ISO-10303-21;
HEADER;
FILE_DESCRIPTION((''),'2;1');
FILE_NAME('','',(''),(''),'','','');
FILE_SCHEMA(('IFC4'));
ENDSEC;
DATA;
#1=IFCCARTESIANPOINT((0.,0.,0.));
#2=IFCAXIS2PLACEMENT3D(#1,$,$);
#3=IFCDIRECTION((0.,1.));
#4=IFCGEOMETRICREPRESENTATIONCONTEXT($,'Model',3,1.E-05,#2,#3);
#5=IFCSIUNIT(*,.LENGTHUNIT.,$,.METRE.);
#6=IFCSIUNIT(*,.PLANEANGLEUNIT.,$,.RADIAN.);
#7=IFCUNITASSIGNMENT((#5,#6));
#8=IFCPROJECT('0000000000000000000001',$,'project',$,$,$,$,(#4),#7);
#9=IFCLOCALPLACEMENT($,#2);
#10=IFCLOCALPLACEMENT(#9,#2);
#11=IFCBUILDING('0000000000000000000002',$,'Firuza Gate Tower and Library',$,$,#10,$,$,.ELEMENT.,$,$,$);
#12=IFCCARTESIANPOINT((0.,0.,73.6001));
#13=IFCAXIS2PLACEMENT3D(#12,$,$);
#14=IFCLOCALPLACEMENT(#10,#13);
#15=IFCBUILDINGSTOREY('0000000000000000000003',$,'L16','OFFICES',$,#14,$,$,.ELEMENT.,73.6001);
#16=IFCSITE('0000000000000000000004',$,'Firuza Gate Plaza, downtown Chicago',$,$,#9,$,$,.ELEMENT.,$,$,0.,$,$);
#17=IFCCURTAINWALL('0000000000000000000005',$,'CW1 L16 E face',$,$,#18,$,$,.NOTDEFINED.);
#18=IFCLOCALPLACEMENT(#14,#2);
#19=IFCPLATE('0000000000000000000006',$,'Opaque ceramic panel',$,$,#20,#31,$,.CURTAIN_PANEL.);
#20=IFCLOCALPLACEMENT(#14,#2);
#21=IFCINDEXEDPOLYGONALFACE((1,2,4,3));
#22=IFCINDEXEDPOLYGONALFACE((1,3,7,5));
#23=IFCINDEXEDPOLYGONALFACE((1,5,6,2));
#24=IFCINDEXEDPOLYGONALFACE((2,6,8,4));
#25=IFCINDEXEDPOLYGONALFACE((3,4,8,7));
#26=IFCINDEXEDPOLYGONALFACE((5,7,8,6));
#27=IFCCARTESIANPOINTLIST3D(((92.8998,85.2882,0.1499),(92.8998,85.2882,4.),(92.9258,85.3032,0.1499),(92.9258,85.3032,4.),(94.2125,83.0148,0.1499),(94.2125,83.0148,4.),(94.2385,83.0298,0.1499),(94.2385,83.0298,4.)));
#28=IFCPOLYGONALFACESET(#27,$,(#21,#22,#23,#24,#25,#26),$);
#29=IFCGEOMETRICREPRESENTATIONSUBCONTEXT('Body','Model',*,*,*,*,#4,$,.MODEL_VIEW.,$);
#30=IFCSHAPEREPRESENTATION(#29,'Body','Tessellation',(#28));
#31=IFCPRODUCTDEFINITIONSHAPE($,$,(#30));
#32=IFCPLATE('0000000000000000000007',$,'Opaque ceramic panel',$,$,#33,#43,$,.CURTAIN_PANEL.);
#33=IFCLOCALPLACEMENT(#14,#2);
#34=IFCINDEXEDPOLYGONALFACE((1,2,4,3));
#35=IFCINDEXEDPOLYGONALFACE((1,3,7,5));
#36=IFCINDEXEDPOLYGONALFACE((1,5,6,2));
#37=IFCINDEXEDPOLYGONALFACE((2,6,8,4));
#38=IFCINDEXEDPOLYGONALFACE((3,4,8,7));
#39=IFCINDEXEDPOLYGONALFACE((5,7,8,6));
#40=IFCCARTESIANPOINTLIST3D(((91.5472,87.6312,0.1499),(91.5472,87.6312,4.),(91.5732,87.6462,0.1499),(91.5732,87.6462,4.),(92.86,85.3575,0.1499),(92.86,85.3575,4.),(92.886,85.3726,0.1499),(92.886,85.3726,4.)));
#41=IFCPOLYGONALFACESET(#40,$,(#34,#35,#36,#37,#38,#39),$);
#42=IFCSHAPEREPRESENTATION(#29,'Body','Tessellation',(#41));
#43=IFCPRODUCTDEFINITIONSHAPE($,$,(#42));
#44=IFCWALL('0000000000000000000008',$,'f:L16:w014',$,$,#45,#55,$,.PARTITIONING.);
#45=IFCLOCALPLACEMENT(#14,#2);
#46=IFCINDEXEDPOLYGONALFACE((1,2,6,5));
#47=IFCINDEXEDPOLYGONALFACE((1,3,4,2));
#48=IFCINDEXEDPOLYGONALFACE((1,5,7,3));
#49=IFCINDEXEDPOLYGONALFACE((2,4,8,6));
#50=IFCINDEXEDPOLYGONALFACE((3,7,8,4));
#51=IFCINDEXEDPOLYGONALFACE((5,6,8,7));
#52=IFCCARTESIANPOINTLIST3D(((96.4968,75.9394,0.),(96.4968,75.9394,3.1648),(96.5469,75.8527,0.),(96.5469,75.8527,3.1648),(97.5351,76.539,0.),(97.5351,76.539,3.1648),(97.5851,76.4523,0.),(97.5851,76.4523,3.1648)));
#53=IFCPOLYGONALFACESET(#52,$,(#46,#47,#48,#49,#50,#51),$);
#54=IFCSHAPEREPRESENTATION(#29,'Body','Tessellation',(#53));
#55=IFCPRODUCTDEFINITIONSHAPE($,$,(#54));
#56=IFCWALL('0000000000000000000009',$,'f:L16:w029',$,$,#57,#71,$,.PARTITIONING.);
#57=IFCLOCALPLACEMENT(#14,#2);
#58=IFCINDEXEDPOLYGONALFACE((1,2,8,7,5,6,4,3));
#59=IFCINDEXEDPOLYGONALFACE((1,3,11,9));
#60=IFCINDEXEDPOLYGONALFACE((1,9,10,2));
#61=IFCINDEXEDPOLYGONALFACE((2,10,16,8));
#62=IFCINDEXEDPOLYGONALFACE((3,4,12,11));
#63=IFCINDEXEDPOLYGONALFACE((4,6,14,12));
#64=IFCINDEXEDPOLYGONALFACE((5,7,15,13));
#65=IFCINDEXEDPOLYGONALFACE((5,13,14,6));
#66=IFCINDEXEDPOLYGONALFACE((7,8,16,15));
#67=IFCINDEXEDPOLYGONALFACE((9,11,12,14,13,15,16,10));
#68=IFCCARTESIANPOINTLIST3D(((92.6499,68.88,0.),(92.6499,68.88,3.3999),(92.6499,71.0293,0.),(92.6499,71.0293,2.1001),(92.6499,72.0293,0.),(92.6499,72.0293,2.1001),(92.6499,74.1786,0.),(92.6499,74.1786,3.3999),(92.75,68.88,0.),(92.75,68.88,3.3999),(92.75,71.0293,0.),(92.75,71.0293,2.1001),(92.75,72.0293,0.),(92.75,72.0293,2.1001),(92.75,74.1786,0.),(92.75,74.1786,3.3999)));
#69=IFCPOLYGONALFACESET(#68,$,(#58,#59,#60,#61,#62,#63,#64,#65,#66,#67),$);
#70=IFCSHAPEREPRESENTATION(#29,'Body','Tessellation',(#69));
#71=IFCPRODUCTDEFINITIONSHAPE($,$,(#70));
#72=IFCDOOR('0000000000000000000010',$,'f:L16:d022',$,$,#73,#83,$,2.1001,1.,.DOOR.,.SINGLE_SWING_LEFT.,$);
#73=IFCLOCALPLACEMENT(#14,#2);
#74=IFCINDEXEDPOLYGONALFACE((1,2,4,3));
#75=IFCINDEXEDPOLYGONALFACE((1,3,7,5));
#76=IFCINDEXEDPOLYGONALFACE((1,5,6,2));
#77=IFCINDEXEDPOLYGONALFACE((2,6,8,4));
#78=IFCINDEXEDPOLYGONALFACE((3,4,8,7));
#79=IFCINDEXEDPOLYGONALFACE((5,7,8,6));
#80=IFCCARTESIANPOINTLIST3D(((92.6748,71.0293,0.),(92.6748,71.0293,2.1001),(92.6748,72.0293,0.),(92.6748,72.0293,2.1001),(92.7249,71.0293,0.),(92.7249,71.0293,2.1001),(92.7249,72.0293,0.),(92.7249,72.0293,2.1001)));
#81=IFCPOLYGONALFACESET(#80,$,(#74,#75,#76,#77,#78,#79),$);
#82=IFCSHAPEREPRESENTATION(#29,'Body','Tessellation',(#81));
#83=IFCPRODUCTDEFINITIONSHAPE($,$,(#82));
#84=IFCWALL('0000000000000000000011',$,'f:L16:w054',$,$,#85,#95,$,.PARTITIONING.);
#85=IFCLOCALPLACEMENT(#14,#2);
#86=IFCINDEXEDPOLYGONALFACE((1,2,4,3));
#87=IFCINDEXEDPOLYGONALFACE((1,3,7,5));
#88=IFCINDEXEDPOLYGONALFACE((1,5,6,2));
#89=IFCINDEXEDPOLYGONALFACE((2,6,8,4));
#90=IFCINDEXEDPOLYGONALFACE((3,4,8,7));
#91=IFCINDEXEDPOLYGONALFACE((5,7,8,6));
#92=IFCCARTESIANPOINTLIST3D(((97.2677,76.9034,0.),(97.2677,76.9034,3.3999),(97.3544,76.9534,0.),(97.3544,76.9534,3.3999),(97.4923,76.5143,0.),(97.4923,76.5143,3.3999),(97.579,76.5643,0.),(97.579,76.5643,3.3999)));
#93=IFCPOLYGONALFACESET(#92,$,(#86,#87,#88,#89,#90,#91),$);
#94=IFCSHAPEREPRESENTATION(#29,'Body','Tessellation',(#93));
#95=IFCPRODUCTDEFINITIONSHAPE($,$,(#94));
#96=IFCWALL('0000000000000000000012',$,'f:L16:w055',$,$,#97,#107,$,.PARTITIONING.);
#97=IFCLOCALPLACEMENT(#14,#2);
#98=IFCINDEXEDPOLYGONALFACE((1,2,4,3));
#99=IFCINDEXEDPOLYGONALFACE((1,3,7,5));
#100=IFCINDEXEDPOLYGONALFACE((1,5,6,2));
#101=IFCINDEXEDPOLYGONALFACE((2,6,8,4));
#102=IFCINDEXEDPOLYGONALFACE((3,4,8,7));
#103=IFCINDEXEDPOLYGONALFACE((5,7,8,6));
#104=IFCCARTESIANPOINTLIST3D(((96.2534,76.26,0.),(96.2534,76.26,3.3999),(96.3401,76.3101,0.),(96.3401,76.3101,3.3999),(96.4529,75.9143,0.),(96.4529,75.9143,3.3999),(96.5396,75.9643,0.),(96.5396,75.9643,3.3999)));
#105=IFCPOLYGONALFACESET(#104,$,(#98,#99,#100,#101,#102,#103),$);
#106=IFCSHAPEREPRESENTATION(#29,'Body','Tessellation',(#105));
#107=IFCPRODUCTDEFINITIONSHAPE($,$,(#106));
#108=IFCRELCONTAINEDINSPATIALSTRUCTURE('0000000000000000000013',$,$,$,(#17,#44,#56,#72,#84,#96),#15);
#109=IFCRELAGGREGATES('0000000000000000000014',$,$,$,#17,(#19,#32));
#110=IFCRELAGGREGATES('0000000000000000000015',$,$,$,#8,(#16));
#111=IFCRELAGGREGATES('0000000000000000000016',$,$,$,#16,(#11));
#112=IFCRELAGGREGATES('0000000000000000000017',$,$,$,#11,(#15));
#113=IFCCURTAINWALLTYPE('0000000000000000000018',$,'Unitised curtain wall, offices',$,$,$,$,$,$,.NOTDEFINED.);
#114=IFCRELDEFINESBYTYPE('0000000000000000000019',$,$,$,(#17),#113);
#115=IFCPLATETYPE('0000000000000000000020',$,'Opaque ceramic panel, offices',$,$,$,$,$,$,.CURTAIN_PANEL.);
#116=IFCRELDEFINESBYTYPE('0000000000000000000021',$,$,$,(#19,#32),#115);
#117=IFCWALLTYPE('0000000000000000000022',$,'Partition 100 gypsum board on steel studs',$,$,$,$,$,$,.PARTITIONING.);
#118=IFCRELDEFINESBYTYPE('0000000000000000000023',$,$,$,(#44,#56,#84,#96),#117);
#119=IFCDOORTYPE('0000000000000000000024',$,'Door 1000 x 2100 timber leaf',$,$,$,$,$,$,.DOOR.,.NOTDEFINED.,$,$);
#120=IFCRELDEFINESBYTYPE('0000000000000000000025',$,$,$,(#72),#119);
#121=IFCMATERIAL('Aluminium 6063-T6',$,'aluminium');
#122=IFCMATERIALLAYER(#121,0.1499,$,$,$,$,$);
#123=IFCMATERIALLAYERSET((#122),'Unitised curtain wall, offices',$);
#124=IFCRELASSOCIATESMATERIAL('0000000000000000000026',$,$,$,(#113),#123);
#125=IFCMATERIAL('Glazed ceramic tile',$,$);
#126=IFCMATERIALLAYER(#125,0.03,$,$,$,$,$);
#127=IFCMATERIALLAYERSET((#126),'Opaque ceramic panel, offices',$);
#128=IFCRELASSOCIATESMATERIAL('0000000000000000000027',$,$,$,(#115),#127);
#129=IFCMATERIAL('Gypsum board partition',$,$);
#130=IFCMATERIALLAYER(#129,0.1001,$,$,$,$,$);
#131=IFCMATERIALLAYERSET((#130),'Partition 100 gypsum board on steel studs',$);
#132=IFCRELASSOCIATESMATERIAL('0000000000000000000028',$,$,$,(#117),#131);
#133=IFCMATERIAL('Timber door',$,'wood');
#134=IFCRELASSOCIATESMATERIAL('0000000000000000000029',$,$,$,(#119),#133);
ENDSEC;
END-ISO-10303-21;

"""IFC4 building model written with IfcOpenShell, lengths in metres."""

from ifc_helpers import new_model, si_unit, direction, frame, frame_2d, origin, place, context, subcontext, project, spatial, polyline, rectangle, outline, extrude, material, layer, layer_set, type_object, element, fill, aggregate, save


model = new_model("IFC4")

# Units and contexts
model_context = context("Model", 3, precision=1e-05, world=origin(), true_north=direction((0.0, 1.0)))
body_context = subcontext(model_context, "Body", "Model", "MODEL_VIEW")
ifc_project = project(units=[si_unit("LENGTHUNIT", "METRE"), si_unit("PLANEANGLEUNIT", "RADIAN")], contexts=[model_context])

# Site, building, storey
site_placement = place(None, origin())
site = spatial("IfcSite", under=ifc_project, at=site_placement, Name="Firuza Gate Plaza, downtown Chicago", CompositionType="ELEMENT", RefElevation=0.0)
building_placement = place(site_placement, origin())
building = spatial("IfcBuilding", under=site, at=building_placement, Name="Firuza Gate Tower and Library", CompositionType="ELEMENT")
storey_placement = place(building_placement, frame((0.0, 0.0, 73.6001)))
storey = spatial("IfcBuildingStorey", under=building, at=storey_placement, Name="L16", Description="OFFICES", CompositionType="ELEMENT", Elevation=73.6001)

# Curtain wall
ifc_material_1 = material(Name="Aluminium 6063-T6", Category="aluminium")
ifc_layer_1 = layer(ifc_material_1, 0.1499)
ifc_layer_set_1 = layer_set([ifc_layer_1], Name="Unitised curtain wall, offices")
curtain_wall_type = type_object("IfcCurtainWallType", Name="Unitised curtain wall, offices", PredefinedType="NOTDEFINED", material=ifc_layer_set_1)
curtain_wall_placement = place(storey_placement, origin())
curtain_wall = element("IfcCurtainWall", 1, at=curtain_wall_placement, inside=storey, type_object=curtain_wall_type, Name="CW1 L16 E face", PredefinedType="NOTDEFINED")

# Plates
ifc_material_2 = material(Name="Glazed ceramic tile")
ifc_layer_2 = layer(ifc_material_2, 0.03)
ifc_layer_set_2 = layer_set([ifc_layer_2], Name="Opaque ceramic panel, offices")
plate_type_1 = type_object("IfcPlateType", Name="Opaque ceramic panel, offices", PredefinedType="CURTAIN_PANEL", material=ifc_layer_set_2)
plate_1_placement = place(storey_placement, frame((94.2385, 83.0298, 0.1499), z_axis=(0.865997, 0.50005, 0.0), x_axis=(-0.50005, 0.865997, 0.0)))
plate_1 = element("IfcPlate", 2, at=plate_1_placement, type_object=plate_type_1, Name="Opaque ceramic panel", PredefinedType="CURTAIN_PANEL", context=body_context, shape_type="SweptSolid", body=[
    extrude(outline(polyline([(0.0, 0.0), (2.6252, 0.0), (2.6252, 3.8501), (0.0, 3.8501), (0.0, 0.0)])), origin(), (0.0, 0.0, -1.0), 0.03),
])
plate_2_placement = place(storey_placement, frame((92.886, 85.3726, 0.1499), z_axis=(0.86602, 0.50001, 0.0), x_axis=(-0.50001, 0.86602, 0.0)))
plate_2 = element("IfcPlate", 3, at=plate_2_placement, type_object=plate_type_1, Name="Opaque ceramic panel", PredefinedType="CURTAIN_PANEL", context=body_context, shape_type="SweptSolid", body=[
    extrude(outline(polyline([(0.0, 0.0), (2.6254, 0.0), (2.6254, 3.8501), (0.0, 3.8501), (0.0, 0.0)])), origin(), (0.0, 0.0, -1.0), 0.03),
])
aggregate(curtain_wall, [plate_1, plate_2])

# Wall
ifc_material_3 = material(Name="Gypsum board partition")
ifc_layer_3 = layer(ifc_material_3, 0.1001)
ifc_layer_set_3 = layer_set([ifc_layer_3], Name="Partition 100 gypsum board on steel studs")
wall_type = type_object("IfcWallType", Name="Partition 100 gypsum board on steel studs", PredefinedType="PARTITIONING", material=ifc_layer_set_3)
wall_1_placement = place(storey_placement, frame((96.5217, 75.896, 0.0), z_axis=(0.0, 0.0, 1.0), x_axis=(0.865979, 0.500081, 0.0)))
element("IfcWall", 4, at=wall_1_placement, inside=storey, type_object=wall_type, Name="f:L16:w014", PredefinedType="PARTITIONING", context=body_context, shape_type="SweptSolid", body=[
    extrude(rectangle(XDim=1.199, YDim=0.1001, at=frame_2d((0.5996, 0.0))), origin(), (0.0, 0.0, 1.0), 3.1648),
])

# Wall, opening, door
wall_2_placement = place(storey_placement, frame((92.7, 74.1787, 0.0), z_axis=(0.0, 0.0, 1.0), x_axis=(0.0, -1.0, 0.0)))
wall_2 = element("IfcWall", 5, at=wall_2_placement, inside=storey, type_object=wall_type, Name="f:L16:w029", PredefinedType="PARTITIONING", context=body_context, shape_type="SweptSolid", body=[
    extrude(rectangle(XDim=5.2986, YDim=0.1001, at=frame_2d((2.6494, 0.0))), origin(), (0.0, 0.0, 1.0), 3.3999),
])
opening_placement = place(wall_2_placement, frame((2.1494, 0.0, 0.0)))
opening = element("IfcOpeningElement", 6, at=opening_placement, cuts=wall_2, PredefinedType="OPENING", context=body_context, shape_type="SweptSolid", body=[
    extrude(rectangle(XDim=1.0, YDim=2.1001, at=frame_2d((0.5, 1.05))), frame((0.0, 0.0601, 0.0), z_axis=(0.0, -1.0, 0.0), x_axis=(1.0, 0.0, 0.0)), (0.0, 0.0, 1.0), 0.1201),
])
ifc_material_4 = material(Name="Timber door", Category="wood")
door_type = type_object("IfcDoorType", Name="Door 1000 x 2100 timber leaf", OperationType="NOTDEFINED", PredefinedType="DOOR", material=ifc_material_4)
door_placement = place(opening_placement, origin())
door = element("IfcDoor", 7, at=door_placement, inside=storey, type_object=door_type, Name="f:L16:d022", OperationType="SINGLE_SWING_LEFT", OverallHeight=2.1001, OverallWidth=1.0, PredefinedType="DOOR", context=body_context, shape_type="SweptSolid", body=[
    extrude(rectangle(XDim=1.0, YDim=2.1001, at=frame_2d((0.5, 1.05))), frame((0.0, 0.0249, 0.0), z_axis=(0.0, -1.0, 0.0), x_axis=(1.0, 0.0, 0.0)), (0.0, 0.0, 1.0), 0.05),
])
fill(opening, door)

# Walls
wall_3_placement = place(storey_placement, frame((97.5356, 76.5393, 0.0), z_axis=(0.0, 0.0, 1.0), x_axis=(-0.499879, 0.866095, 0.0)))
element("IfcWall", 8, at=wall_3_placement, inside=storey, type_object=wall_type, Name="f:L16:w054", PredefinedType="PARTITIONING", context=body_context, shape_type="SweptSolid", body=[
    extrude(rectangle(XDim=0.4492, YDim=0.1001, at=frame_2d((0.2246, 0.0))), origin(), (0.0, 0.0, 1.0), 3.3999),
])
wall_4_placement = place(storey_placement, frame((96.4963, 75.9392, 0.0), z_axis=(0.0, 0.0, 1.0), x_axis=(-0.499758, 0.866165, 0.0)))
element("IfcWall", 9, at=wall_4_placement, inside=storey, type_object=wall_type, Name="f:L16:w055", PredefinedType="PARTITIONING", context=body_context, shape_type="SweptSolid", body=[
    extrude(rectangle(XDim=0.3992, YDim=0.1001, at=frame_2d((0.1997, 0.0))), origin(), (0.0, 0.0, 1.0), 3.3999),
])

save(model, "model.ifc")
